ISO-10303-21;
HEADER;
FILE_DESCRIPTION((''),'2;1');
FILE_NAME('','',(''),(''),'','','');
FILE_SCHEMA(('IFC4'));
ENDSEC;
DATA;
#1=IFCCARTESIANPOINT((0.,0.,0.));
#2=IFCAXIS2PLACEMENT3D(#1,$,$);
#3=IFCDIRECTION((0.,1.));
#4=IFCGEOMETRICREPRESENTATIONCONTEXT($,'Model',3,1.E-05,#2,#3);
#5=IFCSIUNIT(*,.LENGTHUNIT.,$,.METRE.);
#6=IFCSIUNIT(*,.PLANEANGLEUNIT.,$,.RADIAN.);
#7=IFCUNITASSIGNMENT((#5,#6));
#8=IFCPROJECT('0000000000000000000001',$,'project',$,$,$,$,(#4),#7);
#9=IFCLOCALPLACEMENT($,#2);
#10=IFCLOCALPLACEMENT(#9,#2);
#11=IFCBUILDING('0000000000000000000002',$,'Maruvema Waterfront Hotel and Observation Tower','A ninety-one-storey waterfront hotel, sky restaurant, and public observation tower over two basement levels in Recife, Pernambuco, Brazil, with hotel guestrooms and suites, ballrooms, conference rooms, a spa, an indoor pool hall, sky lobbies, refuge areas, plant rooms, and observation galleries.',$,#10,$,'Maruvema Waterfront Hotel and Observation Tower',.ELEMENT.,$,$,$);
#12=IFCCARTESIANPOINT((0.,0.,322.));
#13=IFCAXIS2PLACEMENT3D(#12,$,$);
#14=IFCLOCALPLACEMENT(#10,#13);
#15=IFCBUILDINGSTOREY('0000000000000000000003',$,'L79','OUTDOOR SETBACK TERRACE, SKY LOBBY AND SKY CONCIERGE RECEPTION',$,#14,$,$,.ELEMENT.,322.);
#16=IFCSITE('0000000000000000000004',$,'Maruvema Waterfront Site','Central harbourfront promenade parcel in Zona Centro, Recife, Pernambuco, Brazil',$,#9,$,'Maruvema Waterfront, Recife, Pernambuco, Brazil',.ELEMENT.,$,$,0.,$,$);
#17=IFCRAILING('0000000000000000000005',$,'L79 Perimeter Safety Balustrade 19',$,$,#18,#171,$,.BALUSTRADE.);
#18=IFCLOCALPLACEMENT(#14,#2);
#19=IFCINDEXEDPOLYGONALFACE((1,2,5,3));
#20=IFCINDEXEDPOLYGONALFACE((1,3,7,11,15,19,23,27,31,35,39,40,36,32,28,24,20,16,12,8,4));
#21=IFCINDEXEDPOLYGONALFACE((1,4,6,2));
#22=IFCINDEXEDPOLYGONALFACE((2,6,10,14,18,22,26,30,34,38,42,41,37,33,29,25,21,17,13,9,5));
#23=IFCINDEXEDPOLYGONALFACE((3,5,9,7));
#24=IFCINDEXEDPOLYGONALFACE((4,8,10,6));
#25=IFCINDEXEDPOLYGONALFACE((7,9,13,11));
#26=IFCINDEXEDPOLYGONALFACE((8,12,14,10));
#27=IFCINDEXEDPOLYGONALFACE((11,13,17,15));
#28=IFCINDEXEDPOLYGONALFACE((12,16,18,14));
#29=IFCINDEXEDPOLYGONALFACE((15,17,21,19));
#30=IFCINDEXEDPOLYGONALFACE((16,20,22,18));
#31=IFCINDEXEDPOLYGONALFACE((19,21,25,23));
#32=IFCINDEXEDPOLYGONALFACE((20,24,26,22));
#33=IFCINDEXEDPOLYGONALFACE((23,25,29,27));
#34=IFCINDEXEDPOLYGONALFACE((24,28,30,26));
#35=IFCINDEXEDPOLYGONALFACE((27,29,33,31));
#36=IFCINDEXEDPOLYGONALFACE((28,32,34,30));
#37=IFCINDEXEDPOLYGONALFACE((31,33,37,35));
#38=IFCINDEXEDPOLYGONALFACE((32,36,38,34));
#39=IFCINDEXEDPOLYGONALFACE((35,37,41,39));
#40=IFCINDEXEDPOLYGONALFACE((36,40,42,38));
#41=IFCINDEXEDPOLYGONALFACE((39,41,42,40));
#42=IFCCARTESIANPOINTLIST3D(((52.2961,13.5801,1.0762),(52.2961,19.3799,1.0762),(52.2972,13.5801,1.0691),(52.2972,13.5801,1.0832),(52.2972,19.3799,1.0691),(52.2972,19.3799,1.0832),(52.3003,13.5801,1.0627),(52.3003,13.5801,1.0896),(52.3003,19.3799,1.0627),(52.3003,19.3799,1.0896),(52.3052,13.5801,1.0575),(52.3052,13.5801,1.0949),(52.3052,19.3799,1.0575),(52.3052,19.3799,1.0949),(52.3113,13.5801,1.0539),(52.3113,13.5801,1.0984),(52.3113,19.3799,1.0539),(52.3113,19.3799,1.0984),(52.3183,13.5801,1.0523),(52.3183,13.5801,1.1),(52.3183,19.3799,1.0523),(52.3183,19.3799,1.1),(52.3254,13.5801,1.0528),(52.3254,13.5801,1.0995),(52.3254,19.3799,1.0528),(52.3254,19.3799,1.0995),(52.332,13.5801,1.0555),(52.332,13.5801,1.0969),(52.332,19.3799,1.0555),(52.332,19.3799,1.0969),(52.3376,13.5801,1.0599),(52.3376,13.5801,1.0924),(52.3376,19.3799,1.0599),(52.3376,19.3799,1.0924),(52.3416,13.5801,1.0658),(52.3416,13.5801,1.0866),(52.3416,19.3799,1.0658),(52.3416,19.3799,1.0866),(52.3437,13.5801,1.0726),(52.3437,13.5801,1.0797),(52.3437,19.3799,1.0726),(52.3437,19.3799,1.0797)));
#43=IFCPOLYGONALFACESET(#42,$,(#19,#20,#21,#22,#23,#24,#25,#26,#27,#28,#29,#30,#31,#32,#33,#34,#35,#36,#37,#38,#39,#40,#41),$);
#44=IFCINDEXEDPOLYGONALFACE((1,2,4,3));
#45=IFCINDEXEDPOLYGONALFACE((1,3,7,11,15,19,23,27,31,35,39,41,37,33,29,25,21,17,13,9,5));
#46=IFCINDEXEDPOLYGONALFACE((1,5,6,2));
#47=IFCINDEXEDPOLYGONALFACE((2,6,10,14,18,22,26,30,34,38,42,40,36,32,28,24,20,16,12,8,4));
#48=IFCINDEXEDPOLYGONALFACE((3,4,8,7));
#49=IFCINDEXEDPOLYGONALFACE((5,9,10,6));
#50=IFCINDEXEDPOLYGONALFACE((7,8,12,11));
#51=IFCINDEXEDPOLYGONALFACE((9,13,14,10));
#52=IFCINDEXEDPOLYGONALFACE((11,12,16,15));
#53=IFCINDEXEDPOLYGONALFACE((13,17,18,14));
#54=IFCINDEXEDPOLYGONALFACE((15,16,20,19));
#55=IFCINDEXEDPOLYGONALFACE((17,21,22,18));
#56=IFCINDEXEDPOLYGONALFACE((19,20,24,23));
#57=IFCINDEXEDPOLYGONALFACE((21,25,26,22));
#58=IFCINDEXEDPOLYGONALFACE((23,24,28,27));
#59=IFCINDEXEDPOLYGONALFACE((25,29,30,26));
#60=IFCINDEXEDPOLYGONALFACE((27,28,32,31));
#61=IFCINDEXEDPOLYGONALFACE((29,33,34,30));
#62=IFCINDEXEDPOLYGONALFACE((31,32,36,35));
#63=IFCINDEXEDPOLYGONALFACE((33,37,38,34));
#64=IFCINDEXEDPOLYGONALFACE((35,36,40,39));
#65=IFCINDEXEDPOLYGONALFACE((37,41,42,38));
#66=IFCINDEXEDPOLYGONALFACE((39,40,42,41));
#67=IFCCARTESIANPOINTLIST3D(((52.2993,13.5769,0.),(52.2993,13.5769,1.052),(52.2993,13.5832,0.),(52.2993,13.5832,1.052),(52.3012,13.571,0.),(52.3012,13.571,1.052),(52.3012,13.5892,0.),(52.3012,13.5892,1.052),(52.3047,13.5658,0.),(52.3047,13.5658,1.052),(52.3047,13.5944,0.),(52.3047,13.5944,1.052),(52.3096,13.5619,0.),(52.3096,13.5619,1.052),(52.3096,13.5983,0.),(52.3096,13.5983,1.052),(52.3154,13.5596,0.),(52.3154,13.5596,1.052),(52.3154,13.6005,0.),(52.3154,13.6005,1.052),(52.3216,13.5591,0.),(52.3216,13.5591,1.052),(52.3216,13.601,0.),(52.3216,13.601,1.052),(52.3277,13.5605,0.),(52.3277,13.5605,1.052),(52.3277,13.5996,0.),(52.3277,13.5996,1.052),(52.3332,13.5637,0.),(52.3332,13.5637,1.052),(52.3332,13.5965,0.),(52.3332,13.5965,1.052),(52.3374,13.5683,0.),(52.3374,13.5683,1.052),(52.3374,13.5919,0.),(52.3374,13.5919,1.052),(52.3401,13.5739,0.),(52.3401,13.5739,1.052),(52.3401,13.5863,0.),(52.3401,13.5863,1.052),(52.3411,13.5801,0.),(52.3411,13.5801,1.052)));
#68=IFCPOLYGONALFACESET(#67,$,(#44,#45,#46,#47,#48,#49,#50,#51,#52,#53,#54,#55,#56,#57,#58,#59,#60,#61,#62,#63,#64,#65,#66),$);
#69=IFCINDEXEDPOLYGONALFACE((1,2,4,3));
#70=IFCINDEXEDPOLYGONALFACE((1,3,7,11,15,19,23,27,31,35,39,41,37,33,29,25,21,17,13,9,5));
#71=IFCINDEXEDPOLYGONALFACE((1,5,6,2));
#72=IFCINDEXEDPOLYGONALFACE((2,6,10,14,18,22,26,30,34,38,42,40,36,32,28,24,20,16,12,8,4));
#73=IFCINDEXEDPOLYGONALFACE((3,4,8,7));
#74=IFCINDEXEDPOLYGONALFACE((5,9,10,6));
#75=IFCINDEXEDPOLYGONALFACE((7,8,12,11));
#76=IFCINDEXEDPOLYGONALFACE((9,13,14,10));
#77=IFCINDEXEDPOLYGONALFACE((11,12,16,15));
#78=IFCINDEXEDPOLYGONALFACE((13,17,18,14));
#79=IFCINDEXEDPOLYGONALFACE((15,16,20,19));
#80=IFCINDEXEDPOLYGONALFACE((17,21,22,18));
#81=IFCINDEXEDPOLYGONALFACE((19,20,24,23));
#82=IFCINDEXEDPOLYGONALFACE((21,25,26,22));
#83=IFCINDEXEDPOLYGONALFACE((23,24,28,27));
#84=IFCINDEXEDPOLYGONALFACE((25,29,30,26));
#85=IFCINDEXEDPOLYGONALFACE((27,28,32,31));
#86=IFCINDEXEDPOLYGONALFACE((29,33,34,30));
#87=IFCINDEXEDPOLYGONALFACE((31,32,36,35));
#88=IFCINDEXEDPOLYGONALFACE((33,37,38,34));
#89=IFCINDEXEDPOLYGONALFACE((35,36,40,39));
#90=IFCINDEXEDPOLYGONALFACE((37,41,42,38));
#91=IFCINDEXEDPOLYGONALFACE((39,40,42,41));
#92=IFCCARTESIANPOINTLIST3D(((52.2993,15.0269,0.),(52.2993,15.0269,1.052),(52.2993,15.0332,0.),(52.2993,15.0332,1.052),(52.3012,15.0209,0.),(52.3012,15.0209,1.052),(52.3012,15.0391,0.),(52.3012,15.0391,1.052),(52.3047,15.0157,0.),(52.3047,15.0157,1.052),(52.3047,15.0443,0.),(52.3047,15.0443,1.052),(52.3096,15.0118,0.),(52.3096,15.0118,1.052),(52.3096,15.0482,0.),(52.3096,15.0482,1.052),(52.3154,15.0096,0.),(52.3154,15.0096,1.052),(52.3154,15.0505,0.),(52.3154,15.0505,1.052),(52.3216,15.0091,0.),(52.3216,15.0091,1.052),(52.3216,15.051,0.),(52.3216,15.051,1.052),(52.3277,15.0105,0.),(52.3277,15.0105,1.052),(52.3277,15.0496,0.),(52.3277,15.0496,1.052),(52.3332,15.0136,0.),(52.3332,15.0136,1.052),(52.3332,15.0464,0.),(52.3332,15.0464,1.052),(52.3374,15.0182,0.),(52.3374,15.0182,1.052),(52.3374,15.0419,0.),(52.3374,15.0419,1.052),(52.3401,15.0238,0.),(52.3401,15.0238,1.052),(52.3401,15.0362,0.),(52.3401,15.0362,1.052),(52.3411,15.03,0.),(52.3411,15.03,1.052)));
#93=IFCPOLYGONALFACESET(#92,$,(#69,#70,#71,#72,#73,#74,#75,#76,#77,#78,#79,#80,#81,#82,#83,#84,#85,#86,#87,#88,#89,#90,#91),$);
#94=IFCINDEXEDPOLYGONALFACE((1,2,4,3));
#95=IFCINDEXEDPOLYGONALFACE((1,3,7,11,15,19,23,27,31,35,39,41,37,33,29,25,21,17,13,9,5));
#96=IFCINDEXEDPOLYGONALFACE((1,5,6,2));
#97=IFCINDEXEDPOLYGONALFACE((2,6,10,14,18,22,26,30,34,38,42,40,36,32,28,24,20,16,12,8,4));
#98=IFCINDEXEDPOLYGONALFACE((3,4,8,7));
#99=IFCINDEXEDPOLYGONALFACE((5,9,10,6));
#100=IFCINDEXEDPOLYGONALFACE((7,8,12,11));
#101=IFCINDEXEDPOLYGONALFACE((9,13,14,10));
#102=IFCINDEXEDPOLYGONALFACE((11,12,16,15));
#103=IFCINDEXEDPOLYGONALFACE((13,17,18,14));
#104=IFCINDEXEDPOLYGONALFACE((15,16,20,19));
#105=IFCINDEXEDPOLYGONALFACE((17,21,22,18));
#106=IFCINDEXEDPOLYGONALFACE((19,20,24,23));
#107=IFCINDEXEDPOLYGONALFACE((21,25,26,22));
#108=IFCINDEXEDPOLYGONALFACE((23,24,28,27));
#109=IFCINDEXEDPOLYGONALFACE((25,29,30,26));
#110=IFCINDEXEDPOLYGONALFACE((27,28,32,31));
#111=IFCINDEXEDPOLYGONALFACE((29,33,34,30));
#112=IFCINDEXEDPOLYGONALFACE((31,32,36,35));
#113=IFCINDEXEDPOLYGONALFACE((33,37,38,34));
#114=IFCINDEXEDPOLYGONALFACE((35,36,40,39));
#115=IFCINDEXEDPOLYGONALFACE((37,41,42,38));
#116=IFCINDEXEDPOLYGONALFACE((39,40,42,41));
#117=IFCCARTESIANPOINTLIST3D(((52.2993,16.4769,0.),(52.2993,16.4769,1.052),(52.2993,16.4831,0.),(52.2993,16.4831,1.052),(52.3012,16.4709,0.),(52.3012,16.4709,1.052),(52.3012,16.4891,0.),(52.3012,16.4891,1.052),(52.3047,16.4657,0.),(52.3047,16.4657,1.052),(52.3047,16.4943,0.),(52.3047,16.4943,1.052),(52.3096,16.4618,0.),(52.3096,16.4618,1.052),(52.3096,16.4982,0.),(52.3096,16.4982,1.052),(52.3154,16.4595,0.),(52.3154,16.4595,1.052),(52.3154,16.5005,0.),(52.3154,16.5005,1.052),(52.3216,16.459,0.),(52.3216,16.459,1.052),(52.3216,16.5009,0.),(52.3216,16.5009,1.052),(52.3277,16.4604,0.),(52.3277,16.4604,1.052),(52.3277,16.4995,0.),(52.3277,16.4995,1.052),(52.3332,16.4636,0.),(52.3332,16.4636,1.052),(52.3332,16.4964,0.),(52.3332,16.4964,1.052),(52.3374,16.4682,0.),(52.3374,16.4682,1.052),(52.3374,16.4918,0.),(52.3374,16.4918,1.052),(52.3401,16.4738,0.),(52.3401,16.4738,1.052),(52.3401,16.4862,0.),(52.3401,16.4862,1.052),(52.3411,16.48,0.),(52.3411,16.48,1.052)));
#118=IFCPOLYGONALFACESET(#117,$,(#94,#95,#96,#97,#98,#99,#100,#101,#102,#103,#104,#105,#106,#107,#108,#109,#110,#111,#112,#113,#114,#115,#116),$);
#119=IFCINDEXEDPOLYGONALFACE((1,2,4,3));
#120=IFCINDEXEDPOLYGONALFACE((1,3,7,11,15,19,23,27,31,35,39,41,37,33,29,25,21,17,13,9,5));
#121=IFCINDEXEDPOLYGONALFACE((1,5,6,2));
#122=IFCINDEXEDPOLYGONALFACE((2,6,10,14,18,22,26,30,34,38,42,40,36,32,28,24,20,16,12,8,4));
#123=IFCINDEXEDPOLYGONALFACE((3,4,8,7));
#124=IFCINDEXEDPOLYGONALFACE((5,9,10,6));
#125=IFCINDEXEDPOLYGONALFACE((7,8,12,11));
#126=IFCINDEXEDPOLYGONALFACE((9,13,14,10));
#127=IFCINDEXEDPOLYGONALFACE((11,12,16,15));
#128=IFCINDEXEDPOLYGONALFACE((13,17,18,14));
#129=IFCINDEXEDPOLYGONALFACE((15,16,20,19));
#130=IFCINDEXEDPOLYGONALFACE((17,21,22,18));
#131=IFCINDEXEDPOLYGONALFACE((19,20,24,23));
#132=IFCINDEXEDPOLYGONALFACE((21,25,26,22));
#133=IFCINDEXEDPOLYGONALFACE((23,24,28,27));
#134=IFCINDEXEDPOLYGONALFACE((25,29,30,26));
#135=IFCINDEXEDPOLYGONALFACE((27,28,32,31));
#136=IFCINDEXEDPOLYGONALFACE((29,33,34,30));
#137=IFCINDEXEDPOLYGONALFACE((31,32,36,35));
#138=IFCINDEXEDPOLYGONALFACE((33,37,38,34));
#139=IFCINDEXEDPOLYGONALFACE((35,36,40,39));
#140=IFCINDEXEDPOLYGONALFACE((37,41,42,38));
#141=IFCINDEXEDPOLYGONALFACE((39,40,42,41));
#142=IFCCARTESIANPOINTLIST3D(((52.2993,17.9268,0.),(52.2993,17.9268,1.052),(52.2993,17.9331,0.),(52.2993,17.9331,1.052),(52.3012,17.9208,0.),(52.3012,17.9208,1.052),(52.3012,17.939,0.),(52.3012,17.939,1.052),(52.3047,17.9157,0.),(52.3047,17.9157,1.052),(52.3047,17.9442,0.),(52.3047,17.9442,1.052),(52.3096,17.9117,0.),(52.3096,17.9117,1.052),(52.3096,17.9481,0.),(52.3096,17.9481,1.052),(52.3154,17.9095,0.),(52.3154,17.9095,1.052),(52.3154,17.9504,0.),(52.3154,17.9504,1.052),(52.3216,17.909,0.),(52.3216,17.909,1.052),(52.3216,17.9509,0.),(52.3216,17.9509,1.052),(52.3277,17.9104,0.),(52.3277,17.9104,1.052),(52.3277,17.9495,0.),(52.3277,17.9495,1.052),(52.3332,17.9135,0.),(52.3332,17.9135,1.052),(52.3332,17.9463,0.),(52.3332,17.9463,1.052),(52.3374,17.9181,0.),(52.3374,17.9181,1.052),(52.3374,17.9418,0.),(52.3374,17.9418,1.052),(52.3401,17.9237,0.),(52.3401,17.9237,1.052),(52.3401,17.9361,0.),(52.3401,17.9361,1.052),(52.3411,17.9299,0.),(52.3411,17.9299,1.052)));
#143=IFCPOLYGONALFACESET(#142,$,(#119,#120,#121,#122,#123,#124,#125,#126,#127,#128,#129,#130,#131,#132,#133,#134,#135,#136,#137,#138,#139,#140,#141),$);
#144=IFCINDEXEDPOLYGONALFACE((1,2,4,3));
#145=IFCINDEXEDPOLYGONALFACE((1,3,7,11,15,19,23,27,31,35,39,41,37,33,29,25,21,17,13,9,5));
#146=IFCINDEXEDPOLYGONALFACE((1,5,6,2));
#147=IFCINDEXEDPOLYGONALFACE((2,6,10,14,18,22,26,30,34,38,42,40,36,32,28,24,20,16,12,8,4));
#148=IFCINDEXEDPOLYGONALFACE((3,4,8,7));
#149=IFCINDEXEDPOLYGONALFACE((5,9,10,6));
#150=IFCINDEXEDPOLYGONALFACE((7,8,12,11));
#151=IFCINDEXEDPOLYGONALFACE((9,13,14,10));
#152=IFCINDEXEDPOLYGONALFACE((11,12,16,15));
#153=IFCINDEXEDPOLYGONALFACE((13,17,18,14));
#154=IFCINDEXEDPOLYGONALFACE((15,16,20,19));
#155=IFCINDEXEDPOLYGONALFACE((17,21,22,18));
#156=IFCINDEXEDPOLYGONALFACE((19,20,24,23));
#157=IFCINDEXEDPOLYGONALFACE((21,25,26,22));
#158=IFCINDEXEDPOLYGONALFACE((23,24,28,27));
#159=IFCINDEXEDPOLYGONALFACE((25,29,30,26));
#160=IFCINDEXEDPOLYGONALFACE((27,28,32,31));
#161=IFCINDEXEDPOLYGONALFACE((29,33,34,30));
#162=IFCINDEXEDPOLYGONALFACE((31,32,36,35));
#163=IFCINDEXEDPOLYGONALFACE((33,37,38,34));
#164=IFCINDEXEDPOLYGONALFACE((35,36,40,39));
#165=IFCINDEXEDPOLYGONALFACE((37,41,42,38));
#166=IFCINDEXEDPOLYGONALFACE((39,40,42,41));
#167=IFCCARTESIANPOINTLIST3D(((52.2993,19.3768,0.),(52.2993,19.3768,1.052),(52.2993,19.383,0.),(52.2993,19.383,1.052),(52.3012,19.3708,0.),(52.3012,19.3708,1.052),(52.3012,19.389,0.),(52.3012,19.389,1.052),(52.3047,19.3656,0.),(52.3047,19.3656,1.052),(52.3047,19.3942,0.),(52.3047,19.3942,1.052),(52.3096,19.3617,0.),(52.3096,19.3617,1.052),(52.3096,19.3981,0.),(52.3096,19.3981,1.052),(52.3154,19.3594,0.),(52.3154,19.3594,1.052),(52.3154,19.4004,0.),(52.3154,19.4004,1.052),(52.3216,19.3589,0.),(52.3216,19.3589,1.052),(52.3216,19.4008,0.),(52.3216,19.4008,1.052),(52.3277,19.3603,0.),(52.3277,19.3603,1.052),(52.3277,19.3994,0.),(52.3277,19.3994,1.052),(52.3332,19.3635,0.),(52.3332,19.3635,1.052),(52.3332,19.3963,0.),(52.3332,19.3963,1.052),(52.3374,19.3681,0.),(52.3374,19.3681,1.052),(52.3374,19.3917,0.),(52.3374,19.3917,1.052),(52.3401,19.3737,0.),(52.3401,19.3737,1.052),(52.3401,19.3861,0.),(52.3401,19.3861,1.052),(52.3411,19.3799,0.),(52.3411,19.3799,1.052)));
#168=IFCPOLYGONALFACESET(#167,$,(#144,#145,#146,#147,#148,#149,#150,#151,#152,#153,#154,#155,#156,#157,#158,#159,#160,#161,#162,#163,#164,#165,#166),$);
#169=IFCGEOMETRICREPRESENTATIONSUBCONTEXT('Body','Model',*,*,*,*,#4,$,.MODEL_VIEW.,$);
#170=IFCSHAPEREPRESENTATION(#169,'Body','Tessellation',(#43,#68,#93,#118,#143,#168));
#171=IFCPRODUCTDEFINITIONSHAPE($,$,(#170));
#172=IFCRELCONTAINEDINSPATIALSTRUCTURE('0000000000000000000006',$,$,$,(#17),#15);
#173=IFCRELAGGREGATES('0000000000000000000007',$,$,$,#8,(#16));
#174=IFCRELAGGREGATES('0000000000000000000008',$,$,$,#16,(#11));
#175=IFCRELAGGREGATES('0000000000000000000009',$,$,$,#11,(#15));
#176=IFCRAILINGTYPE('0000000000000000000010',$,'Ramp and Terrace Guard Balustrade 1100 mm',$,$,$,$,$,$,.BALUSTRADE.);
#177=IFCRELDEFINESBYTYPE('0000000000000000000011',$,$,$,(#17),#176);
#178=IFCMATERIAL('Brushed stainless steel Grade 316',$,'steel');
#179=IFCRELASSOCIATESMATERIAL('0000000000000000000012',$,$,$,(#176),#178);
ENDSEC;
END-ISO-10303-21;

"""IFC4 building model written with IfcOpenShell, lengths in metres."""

from ifc_helpers import new_model, si_unit, direction, frame, origin, origin_2d, place, context, subcontext, project, spatial, circle, extrude, material, type_object, element, save


model = new_model("IFC4")

# Units and contexts
model_context = context("Model", 3, precision=1e-05, world=origin(), true_north=direction((0.0, 1.0)))
body_context = subcontext(model_context, "Body", "Model", "MODEL_VIEW")
ifc_project = project(units=[si_unit("LENGTHUNIT", "METRE"), si_unit("PLANEANGLEUNIT", "RADIAN")], contexts=[model_context])

# Site, building, storey
site_placement = place(None, origin())
site = spatial("IfcSite", under=ifc_project, at=site_placement, Name="Maruvema Waterfront Site", Description="Central harbourfront promenade parcel in Zona Centro, Recife, Pernambuco, Brazil", LongName="Maruvema Waterfront, Recife, Pernambuco, Brazil", CompositionType="ELEMENT", RefElevation=0.0)
building_placement = place(site_placement, origin())
building = spatial("IfcBuilding", under=site, at=building_placement, Name="Maruvema Waterfront Hotel and Observation Tower", Description="A ninety-one-storey waterfront hotel, sky restaurant, and public observation tower over two basement levels in Recife, Pernambuco, Brazil, with hotel guestrooms and suites, ballrooms, conference rooms, a spa, an indoor pool hall, sky lobbies, refuge areas, plant rooms, and observation galleries.", LongName="Maruvema Waterfront Hotel and Observation Tower", CompositionType="ELEMENT")
storey_placement = place(building_placement, frame((0.0, 0.0, 322.0)))
storey = spatial("IfcBuildingStorey", under=building, at=storey_placement, Name="L79", Description="OUTDOOR SETBACK TERRACE, SKY LOBBY AND SKY CONCIERGE RECEPTION", CompositionType="ELEMENT", Elevation=322.0)

# Railing
ifc_material_1 = material(Name="Brushed stainless steel Grade 316", Category="steel")
railing_type = type_object("IfcRailingType", Name="Ramp and Terrace Guard Balustrade 1100 mm", PredefinedType="BALUSTRADE", material=ifc_material_1)
railing_1_placement = place(storey_placement, frame((52.3201, 13.5801, 0.0)))
element("IfcRailing", 1, at=railing_1_placement, inside=storey, type_object=railing_type, Name="L79 Perimeter Safety Balustrade 19", PredefinedType="BALUSTRADE", context=body_context, shape_type="SweptSolid", body=[
    extrude(circle(Radius=0.0239, at=origin_2d()), frame((0.0, 0.0, 1.0762), z_axis=(0.0, 1.0, 0.0), x_axis=(-1.0, 0.0, 0.0)), (0.0, 0.0, 1.0), 5.7998),
    extrude(circle(Radius=0.021, at=origin_2d()), origin(), (0.0, 0.0, 1.0), 1.052),
    extrude(circle(Radius=0.021, at=origin_2d()), frame((0.0, 1.45, 0.0)), (0.0, 0.0, 1.0), 1.052),
    extrude(circle(Radius=0.021, at=origin_2d()), frame((0.0, 2.8999, 0.0)), (0.0, 0.0, 1.0), 1.052),
    extrude(circle(Radius=0.021, at=origin_2d()), frame((0.0, 4.3499, 0.0)), (0.0, 0.0, 1.0), 1.052),
    extrude(circle(Radius=0.021, at=origin_2d()), frame((0.0, 5.7998, 0.0)), (0.0, 0.0, 1.0), 1.052),
])

save(model, "model.ifc")
